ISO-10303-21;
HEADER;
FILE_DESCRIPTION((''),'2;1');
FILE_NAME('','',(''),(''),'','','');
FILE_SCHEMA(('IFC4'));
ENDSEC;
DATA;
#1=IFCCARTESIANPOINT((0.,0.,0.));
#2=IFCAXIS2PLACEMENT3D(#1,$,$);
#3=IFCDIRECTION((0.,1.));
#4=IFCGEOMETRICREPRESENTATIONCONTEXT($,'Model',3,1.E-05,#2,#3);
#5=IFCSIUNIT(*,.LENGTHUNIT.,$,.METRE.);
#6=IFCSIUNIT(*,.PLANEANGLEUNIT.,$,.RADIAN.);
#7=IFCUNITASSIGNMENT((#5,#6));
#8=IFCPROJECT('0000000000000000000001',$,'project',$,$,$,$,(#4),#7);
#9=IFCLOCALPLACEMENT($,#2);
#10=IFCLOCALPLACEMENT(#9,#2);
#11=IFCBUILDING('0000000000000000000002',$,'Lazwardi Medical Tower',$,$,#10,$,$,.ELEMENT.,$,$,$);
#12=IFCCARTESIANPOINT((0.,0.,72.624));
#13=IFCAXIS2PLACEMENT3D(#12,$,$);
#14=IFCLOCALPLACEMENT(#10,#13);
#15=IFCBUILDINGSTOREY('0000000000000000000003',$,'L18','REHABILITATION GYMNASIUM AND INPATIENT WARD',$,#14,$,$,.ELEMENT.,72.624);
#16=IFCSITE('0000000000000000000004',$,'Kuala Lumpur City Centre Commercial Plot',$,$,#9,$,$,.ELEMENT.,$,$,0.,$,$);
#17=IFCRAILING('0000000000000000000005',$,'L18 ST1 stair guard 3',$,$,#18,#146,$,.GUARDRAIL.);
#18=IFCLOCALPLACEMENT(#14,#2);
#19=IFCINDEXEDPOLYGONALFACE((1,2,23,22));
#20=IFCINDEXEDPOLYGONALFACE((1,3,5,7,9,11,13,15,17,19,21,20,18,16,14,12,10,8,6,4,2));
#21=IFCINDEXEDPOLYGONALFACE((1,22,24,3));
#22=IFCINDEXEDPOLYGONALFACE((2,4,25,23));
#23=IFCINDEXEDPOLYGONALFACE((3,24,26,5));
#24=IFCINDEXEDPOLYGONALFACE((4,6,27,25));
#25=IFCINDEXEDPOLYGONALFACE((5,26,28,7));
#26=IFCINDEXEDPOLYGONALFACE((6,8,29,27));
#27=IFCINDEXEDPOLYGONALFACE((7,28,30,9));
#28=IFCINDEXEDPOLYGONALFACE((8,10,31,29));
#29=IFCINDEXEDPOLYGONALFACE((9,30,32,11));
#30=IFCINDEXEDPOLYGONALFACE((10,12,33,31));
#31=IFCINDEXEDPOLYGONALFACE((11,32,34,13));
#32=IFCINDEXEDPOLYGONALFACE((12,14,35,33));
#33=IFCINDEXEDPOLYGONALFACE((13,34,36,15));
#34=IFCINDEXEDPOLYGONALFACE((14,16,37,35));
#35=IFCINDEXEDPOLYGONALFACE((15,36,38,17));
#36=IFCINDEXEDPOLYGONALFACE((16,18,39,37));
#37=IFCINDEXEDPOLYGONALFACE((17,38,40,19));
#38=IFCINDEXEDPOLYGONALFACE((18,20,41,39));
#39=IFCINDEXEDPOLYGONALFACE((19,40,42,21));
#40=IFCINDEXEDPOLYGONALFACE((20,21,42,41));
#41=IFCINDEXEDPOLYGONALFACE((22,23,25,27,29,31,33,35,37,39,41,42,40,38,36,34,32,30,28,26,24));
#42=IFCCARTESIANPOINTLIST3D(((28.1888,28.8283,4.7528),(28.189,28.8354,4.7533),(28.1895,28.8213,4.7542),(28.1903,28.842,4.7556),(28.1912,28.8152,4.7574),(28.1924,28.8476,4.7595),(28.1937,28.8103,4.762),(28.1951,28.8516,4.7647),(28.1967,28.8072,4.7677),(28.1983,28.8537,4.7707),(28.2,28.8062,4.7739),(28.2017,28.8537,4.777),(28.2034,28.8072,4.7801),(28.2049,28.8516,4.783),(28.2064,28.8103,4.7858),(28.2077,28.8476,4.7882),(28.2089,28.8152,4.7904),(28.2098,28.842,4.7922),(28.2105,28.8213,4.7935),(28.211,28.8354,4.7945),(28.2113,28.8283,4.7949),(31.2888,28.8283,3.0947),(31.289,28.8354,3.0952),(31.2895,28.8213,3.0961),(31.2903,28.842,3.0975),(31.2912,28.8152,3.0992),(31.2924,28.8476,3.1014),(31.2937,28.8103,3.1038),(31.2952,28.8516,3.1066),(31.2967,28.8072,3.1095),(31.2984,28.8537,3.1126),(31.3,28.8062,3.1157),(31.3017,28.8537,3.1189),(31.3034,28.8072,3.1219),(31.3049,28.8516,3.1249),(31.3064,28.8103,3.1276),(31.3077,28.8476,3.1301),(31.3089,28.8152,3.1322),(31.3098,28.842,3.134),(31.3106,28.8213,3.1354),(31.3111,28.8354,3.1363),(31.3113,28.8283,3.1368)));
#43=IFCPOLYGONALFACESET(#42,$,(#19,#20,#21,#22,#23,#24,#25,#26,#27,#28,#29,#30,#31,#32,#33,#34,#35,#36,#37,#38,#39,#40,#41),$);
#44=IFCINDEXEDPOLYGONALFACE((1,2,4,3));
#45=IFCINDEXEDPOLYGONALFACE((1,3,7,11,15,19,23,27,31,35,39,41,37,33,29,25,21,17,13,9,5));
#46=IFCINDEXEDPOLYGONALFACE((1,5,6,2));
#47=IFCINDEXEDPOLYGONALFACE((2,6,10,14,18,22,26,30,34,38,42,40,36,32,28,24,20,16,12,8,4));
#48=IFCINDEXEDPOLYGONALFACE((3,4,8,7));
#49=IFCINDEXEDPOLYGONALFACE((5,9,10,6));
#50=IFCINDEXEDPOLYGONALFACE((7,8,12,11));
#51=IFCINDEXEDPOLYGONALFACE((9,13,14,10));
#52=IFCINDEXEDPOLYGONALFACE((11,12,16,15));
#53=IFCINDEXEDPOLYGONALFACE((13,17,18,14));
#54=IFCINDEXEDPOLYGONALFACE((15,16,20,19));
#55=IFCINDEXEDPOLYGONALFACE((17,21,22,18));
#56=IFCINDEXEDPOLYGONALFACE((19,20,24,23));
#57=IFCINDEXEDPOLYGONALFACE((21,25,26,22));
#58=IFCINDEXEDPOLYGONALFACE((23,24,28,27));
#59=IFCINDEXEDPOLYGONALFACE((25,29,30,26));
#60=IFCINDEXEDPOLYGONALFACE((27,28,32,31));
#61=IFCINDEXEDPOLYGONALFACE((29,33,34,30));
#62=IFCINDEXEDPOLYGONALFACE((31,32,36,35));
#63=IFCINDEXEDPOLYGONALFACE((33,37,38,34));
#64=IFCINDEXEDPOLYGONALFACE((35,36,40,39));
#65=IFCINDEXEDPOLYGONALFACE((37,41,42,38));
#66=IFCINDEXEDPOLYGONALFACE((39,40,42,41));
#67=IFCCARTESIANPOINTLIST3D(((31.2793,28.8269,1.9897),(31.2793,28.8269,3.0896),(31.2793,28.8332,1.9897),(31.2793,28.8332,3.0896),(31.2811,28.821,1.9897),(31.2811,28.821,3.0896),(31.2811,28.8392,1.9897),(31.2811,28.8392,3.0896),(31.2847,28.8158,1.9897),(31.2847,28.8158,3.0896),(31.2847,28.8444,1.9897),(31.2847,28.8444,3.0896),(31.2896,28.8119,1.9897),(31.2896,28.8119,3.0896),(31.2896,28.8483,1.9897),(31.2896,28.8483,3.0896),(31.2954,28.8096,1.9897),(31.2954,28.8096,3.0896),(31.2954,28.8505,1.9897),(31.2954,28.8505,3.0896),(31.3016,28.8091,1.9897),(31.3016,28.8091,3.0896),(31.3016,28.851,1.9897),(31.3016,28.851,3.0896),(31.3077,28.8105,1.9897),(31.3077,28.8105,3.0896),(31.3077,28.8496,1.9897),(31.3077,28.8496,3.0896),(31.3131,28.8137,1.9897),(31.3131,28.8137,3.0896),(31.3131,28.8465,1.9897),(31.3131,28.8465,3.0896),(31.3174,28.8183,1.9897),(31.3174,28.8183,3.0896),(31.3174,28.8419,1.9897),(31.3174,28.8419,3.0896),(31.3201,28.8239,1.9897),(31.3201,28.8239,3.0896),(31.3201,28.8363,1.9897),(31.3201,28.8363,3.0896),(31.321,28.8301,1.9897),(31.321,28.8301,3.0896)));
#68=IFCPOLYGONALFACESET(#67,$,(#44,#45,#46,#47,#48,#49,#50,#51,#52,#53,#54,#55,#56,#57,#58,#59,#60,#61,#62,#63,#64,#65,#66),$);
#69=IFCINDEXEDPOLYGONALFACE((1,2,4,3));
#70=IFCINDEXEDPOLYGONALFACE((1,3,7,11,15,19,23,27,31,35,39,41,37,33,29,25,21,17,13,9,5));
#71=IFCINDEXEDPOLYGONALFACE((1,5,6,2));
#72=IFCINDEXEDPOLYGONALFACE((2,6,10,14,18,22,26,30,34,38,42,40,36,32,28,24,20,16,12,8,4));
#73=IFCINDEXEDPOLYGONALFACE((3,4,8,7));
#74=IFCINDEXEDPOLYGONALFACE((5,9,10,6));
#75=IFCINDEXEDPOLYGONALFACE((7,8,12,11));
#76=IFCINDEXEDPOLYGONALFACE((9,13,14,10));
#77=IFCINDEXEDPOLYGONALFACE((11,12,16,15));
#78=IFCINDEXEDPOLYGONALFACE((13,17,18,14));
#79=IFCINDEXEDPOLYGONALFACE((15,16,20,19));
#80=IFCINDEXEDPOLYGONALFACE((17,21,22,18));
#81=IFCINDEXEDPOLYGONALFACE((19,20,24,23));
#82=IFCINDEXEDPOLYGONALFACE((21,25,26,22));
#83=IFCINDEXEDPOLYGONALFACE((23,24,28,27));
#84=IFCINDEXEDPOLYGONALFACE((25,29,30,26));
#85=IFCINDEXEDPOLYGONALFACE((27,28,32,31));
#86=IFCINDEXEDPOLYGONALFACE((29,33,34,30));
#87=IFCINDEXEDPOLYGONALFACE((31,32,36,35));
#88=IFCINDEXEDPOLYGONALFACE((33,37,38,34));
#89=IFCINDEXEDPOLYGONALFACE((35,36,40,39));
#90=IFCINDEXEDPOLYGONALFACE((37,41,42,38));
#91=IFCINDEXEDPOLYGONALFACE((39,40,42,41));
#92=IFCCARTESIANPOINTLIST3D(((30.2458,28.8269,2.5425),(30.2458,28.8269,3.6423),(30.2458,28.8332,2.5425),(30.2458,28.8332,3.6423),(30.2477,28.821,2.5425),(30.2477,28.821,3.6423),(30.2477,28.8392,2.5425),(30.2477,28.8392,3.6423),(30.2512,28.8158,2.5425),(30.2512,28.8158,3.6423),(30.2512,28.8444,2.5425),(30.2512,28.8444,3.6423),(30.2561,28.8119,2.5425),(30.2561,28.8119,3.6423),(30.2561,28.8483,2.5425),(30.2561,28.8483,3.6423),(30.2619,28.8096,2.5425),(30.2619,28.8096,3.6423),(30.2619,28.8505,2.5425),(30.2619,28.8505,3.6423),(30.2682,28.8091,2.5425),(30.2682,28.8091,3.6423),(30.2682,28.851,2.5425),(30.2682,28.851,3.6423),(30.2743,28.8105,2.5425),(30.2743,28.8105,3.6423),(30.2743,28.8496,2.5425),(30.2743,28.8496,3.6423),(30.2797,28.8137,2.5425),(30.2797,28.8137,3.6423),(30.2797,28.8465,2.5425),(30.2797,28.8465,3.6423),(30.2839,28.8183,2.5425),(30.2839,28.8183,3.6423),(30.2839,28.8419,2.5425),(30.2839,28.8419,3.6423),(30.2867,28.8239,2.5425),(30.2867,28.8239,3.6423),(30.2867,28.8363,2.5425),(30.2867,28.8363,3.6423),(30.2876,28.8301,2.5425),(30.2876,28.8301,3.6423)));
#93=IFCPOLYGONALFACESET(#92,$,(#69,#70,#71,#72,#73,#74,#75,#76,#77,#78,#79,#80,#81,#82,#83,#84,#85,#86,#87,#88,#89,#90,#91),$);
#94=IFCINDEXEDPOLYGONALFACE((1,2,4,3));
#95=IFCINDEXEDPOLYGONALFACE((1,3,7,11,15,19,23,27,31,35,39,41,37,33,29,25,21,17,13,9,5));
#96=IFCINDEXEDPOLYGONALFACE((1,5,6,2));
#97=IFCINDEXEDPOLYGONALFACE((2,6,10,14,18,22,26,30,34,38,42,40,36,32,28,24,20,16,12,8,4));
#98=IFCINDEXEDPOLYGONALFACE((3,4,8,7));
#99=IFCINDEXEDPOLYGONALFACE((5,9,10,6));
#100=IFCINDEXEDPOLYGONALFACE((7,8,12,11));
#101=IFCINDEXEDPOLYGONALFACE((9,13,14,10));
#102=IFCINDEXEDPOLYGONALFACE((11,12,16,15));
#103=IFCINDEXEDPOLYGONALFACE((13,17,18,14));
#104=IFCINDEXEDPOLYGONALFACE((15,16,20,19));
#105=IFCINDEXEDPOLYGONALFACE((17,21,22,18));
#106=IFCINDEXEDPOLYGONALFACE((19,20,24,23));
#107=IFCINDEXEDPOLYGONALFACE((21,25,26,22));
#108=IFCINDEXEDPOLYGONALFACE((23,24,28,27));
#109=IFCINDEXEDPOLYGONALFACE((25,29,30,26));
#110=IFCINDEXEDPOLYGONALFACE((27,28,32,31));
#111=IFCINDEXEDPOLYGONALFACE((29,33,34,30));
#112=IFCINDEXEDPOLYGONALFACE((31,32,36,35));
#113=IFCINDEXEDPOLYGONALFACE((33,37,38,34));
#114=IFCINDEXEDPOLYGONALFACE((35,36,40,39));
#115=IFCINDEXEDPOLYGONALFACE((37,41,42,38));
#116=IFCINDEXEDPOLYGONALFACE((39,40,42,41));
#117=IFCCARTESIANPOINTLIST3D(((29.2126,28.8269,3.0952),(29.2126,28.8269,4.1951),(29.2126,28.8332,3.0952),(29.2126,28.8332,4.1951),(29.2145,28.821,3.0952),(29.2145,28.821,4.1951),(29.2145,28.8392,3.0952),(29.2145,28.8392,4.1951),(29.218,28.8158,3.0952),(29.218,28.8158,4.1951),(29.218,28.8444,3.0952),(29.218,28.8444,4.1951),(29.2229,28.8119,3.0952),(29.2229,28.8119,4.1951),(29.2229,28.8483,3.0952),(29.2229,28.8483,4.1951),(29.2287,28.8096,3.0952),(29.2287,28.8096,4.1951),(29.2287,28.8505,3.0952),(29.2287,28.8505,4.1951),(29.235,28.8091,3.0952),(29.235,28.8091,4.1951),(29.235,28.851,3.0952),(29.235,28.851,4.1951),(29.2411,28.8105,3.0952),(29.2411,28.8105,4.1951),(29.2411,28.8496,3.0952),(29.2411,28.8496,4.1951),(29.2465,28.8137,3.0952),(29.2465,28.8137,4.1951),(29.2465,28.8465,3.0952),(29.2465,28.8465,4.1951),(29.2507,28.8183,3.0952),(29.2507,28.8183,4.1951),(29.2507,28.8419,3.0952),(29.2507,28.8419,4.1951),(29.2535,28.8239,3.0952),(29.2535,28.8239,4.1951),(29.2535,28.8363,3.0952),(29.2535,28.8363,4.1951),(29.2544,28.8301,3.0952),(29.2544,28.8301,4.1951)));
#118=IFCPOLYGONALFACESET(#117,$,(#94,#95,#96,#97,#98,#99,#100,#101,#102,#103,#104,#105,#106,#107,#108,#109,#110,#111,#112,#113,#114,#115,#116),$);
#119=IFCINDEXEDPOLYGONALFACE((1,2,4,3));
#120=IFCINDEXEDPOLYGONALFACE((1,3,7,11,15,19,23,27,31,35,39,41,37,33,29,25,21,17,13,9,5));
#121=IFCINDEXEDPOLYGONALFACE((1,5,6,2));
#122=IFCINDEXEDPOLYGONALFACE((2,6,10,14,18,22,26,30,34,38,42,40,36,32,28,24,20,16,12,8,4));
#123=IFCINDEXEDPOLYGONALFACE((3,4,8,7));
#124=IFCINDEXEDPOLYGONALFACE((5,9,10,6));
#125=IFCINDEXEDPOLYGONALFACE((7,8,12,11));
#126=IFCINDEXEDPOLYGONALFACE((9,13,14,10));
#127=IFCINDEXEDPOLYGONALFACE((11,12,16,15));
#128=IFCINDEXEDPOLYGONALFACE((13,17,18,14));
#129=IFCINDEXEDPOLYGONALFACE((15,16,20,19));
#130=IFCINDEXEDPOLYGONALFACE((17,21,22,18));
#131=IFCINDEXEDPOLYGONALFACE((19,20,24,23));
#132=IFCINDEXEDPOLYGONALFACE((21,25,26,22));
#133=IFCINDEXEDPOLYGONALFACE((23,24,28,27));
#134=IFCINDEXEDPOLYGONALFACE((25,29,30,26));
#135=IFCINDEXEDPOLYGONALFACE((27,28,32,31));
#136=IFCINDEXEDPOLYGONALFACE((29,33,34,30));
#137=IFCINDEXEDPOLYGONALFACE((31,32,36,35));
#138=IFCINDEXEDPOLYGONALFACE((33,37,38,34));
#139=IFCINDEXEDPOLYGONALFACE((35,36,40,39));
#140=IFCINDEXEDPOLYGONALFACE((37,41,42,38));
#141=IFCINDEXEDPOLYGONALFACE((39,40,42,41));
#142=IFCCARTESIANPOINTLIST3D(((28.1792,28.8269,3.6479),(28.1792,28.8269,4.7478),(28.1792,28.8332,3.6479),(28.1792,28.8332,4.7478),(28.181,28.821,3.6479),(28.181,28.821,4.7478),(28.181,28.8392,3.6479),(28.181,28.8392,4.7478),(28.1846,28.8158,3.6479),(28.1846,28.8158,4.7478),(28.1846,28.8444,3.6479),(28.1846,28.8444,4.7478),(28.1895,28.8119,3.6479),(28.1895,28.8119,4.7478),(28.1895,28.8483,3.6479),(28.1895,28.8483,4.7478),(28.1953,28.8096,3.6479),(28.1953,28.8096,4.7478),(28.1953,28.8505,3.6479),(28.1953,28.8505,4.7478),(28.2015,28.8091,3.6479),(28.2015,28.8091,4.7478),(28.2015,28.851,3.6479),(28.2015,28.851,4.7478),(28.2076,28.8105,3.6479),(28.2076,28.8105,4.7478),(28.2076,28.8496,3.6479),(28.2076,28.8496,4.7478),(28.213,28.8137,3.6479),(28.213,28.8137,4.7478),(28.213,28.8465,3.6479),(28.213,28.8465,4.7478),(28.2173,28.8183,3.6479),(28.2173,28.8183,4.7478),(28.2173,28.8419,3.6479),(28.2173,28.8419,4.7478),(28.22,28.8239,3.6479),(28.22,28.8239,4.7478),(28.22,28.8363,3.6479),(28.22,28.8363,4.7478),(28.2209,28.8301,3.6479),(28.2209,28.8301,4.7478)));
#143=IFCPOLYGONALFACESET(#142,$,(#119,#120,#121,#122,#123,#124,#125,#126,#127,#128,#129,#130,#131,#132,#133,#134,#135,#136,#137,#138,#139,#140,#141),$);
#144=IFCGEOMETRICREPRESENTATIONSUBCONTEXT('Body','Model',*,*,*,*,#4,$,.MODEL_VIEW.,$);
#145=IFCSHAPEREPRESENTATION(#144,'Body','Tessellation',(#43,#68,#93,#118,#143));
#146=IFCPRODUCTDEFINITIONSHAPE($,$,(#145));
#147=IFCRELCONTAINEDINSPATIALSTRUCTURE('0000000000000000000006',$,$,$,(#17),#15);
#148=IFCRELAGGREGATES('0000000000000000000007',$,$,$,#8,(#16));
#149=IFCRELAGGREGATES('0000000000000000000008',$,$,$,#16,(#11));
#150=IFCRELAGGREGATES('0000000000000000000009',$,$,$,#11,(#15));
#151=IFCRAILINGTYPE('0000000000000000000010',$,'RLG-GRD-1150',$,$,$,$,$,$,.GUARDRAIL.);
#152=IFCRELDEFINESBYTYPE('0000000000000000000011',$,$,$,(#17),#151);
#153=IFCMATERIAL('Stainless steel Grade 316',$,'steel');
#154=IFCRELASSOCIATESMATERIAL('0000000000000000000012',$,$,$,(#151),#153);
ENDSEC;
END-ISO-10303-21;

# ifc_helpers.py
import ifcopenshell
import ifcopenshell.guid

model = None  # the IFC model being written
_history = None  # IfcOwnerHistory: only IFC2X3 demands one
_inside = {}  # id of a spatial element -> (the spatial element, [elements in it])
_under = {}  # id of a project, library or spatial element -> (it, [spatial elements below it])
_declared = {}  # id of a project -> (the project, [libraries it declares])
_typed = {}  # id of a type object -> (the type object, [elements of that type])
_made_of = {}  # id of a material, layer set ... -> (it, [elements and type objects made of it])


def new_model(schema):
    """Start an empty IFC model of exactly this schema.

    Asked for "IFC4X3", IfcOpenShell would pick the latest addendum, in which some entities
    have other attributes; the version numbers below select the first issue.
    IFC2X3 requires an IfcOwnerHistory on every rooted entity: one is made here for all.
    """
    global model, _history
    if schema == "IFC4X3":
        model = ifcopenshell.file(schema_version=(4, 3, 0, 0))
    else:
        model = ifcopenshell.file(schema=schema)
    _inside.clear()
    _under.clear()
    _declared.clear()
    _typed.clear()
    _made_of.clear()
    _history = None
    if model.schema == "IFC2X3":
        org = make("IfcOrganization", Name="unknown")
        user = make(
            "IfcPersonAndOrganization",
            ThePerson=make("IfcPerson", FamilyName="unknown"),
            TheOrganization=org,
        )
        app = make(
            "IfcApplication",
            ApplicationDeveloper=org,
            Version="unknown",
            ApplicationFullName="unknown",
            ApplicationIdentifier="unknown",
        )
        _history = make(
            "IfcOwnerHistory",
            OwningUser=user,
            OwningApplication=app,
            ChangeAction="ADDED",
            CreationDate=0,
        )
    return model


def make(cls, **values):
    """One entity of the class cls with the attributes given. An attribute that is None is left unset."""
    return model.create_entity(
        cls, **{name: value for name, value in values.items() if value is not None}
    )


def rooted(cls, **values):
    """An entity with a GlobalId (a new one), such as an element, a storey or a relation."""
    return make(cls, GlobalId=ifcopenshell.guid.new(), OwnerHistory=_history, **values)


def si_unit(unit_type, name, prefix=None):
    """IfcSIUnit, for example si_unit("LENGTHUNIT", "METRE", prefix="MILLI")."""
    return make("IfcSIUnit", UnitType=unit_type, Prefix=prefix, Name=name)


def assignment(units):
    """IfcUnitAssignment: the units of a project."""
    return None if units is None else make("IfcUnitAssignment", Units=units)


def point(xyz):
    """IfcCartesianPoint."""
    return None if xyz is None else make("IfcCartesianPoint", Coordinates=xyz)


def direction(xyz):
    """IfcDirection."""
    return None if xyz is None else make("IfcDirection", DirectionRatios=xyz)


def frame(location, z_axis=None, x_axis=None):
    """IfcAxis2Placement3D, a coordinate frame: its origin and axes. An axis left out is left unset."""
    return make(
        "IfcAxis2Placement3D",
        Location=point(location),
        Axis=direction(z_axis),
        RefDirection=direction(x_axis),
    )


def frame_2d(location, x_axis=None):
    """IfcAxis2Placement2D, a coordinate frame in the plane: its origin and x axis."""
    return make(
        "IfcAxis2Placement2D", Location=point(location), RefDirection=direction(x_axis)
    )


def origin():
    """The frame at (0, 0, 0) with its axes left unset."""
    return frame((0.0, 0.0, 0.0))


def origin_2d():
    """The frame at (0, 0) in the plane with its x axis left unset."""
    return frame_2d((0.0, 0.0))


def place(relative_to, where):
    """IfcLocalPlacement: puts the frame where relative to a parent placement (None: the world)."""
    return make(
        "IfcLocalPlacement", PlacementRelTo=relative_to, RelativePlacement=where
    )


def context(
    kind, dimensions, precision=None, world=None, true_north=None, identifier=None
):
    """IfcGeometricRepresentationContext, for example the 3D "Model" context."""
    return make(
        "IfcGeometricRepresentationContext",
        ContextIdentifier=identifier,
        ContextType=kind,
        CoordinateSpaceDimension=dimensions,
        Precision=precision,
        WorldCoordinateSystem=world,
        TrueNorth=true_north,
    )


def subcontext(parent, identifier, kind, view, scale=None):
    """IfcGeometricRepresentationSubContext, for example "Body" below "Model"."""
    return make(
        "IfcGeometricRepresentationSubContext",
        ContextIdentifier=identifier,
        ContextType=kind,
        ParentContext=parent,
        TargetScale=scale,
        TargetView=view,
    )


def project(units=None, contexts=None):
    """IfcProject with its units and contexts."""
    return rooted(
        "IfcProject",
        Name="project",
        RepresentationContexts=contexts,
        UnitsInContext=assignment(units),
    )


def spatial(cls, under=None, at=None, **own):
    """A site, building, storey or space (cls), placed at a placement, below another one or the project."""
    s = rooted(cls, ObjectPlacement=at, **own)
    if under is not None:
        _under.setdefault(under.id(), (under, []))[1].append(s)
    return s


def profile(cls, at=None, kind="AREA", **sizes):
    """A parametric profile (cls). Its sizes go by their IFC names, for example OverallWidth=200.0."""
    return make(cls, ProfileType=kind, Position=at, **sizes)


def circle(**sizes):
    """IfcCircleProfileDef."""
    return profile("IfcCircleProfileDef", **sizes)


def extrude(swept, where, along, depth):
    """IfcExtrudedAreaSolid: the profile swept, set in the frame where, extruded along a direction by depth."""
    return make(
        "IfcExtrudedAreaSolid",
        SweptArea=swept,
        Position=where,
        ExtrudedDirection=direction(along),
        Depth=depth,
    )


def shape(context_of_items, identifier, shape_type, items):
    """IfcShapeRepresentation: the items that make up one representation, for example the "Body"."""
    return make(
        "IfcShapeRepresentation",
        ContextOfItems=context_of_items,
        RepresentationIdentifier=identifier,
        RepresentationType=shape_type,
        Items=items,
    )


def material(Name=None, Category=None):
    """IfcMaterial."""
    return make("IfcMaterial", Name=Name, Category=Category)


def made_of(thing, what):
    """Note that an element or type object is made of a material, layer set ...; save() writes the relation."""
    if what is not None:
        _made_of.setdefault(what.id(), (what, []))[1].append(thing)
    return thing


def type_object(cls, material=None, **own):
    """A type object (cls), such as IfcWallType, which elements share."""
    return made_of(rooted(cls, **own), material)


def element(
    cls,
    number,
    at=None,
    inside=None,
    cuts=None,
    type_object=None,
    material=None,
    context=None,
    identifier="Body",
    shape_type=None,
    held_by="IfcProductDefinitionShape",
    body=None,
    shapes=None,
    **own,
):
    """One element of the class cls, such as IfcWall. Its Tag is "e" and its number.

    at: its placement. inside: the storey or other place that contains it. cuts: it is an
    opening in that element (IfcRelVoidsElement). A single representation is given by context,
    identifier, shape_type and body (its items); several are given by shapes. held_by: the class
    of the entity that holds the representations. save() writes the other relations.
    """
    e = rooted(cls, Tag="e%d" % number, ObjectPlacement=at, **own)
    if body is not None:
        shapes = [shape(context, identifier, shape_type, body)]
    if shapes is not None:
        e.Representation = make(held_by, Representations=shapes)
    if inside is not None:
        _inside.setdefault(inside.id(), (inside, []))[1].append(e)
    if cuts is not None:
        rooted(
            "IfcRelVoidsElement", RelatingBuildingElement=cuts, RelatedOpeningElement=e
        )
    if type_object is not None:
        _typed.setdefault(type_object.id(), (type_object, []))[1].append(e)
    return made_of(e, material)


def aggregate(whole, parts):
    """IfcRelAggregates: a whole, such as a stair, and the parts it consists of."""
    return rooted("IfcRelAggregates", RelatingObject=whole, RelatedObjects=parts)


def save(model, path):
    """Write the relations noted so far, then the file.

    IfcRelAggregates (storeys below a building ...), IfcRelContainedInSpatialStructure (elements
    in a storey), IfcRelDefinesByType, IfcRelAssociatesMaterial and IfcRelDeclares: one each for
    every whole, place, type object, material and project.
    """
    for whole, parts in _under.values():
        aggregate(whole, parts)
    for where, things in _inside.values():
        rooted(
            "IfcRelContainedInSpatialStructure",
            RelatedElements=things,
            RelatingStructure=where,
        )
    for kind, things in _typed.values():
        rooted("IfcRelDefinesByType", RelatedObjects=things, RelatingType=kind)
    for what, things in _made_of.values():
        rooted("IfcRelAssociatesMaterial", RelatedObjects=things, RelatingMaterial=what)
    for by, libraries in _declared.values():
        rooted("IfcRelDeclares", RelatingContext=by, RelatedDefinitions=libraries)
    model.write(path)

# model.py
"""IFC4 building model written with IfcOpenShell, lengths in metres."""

from ifc_helpers import new_model, si_unit, direction, frame, origin, origin_2d, place, context, subcontext, project, spatial, circle, extrude, material, type_object, element, save


model = new_model("IFC4")

# Units and contexts
model_context = context("Model", 3, precision=1e-05, world=origin(), true_north=direction((0.0, 1.0)))
body_context = subcontext(model_context, "Body", "Model", "MODEL_VIEW")
ifc_project = project(units=[si_unit("LENGTHUNIT", "METRE"), si_unit("PLANEANGLEUNIT", "RADIAN")], contexts=[model_context])

# Site, building, storey
site_placement = place(None, origin())
site = spatial("IfcSite", under=ifc_project, at=site_placement, Name="Kuala Lumpur City Centre Commercial Plot", CompositionType="ELEMENT", RefElevation=0.0)
building_placement = place(site_placement, origin())
building = spatial("IfcBuilding", under=site, at=building_placement, Name="Lazwardi Medical Tower", CompositionType="ELEMENT")
storey_placement = place(building_placement, frame((0.0, 0.0, 72.624)))
storey = spatial("IfcBuildingStorey", under=building, at=storey_placement, Name="L18", Description="REHABILITATION GYMNASIUM AND INPATIENT WARD", CompositionType="ELEMENT", Elevation=72.624)

# Railing
ifc_material_1 = material(Name="Stainless steel Grade 316", Category="steel")
railing_type_1 = type_object("IfcRailingType", Name="RLG-GRD-1150", PredefinedType="GUARDRAIL", material=ifc_material_1)
railing_1_placement = place(storey_placement, frame((31.3, 28.8301, 1.9897)))
element("IfcRailing", 1, at=railing_1_placement, inside=storey, type_object=railing_type_1, Name="L18 ST1 stair guard 3", PredefinedType="GUARDRAIL", context=body_context, shape_type="SweptSolid", body=[
    extrude(circle(Radius=0.0239, at=origin_2d()), frame((0.0, 0.0, 1.126), z_axis=(-0.881783, 0.0, 0.471655), x_axis=(0.0, -1.0, 0.0)), (0.0, 0.0, 1.0), 3.5156),
    extrude(circle(Radius=0.021, at=origin_2d()), origin(), (0.0, 0.0, 1.0), 1.0999),
    extrude(circle(Radius=0.021, at=origin_2d()), frame((-1.0334, 0.0, 0.5527)), (0.0, 0.0, 1.0), 1.0999),
    extrude(circle(Radius=0.021, at=origin_2d()), frame((-2.0667, 0.0, 1.1055)), (0.0, 0.0, 1.0), 1.0999),
    extrude(circle(Radius=0.021, at=origin_2d()), frame((-3.1001, 0.0, 1.6582)), (0.0, 0.0, 1.0), 1.0999),
])

save(model, "model.ifc")
